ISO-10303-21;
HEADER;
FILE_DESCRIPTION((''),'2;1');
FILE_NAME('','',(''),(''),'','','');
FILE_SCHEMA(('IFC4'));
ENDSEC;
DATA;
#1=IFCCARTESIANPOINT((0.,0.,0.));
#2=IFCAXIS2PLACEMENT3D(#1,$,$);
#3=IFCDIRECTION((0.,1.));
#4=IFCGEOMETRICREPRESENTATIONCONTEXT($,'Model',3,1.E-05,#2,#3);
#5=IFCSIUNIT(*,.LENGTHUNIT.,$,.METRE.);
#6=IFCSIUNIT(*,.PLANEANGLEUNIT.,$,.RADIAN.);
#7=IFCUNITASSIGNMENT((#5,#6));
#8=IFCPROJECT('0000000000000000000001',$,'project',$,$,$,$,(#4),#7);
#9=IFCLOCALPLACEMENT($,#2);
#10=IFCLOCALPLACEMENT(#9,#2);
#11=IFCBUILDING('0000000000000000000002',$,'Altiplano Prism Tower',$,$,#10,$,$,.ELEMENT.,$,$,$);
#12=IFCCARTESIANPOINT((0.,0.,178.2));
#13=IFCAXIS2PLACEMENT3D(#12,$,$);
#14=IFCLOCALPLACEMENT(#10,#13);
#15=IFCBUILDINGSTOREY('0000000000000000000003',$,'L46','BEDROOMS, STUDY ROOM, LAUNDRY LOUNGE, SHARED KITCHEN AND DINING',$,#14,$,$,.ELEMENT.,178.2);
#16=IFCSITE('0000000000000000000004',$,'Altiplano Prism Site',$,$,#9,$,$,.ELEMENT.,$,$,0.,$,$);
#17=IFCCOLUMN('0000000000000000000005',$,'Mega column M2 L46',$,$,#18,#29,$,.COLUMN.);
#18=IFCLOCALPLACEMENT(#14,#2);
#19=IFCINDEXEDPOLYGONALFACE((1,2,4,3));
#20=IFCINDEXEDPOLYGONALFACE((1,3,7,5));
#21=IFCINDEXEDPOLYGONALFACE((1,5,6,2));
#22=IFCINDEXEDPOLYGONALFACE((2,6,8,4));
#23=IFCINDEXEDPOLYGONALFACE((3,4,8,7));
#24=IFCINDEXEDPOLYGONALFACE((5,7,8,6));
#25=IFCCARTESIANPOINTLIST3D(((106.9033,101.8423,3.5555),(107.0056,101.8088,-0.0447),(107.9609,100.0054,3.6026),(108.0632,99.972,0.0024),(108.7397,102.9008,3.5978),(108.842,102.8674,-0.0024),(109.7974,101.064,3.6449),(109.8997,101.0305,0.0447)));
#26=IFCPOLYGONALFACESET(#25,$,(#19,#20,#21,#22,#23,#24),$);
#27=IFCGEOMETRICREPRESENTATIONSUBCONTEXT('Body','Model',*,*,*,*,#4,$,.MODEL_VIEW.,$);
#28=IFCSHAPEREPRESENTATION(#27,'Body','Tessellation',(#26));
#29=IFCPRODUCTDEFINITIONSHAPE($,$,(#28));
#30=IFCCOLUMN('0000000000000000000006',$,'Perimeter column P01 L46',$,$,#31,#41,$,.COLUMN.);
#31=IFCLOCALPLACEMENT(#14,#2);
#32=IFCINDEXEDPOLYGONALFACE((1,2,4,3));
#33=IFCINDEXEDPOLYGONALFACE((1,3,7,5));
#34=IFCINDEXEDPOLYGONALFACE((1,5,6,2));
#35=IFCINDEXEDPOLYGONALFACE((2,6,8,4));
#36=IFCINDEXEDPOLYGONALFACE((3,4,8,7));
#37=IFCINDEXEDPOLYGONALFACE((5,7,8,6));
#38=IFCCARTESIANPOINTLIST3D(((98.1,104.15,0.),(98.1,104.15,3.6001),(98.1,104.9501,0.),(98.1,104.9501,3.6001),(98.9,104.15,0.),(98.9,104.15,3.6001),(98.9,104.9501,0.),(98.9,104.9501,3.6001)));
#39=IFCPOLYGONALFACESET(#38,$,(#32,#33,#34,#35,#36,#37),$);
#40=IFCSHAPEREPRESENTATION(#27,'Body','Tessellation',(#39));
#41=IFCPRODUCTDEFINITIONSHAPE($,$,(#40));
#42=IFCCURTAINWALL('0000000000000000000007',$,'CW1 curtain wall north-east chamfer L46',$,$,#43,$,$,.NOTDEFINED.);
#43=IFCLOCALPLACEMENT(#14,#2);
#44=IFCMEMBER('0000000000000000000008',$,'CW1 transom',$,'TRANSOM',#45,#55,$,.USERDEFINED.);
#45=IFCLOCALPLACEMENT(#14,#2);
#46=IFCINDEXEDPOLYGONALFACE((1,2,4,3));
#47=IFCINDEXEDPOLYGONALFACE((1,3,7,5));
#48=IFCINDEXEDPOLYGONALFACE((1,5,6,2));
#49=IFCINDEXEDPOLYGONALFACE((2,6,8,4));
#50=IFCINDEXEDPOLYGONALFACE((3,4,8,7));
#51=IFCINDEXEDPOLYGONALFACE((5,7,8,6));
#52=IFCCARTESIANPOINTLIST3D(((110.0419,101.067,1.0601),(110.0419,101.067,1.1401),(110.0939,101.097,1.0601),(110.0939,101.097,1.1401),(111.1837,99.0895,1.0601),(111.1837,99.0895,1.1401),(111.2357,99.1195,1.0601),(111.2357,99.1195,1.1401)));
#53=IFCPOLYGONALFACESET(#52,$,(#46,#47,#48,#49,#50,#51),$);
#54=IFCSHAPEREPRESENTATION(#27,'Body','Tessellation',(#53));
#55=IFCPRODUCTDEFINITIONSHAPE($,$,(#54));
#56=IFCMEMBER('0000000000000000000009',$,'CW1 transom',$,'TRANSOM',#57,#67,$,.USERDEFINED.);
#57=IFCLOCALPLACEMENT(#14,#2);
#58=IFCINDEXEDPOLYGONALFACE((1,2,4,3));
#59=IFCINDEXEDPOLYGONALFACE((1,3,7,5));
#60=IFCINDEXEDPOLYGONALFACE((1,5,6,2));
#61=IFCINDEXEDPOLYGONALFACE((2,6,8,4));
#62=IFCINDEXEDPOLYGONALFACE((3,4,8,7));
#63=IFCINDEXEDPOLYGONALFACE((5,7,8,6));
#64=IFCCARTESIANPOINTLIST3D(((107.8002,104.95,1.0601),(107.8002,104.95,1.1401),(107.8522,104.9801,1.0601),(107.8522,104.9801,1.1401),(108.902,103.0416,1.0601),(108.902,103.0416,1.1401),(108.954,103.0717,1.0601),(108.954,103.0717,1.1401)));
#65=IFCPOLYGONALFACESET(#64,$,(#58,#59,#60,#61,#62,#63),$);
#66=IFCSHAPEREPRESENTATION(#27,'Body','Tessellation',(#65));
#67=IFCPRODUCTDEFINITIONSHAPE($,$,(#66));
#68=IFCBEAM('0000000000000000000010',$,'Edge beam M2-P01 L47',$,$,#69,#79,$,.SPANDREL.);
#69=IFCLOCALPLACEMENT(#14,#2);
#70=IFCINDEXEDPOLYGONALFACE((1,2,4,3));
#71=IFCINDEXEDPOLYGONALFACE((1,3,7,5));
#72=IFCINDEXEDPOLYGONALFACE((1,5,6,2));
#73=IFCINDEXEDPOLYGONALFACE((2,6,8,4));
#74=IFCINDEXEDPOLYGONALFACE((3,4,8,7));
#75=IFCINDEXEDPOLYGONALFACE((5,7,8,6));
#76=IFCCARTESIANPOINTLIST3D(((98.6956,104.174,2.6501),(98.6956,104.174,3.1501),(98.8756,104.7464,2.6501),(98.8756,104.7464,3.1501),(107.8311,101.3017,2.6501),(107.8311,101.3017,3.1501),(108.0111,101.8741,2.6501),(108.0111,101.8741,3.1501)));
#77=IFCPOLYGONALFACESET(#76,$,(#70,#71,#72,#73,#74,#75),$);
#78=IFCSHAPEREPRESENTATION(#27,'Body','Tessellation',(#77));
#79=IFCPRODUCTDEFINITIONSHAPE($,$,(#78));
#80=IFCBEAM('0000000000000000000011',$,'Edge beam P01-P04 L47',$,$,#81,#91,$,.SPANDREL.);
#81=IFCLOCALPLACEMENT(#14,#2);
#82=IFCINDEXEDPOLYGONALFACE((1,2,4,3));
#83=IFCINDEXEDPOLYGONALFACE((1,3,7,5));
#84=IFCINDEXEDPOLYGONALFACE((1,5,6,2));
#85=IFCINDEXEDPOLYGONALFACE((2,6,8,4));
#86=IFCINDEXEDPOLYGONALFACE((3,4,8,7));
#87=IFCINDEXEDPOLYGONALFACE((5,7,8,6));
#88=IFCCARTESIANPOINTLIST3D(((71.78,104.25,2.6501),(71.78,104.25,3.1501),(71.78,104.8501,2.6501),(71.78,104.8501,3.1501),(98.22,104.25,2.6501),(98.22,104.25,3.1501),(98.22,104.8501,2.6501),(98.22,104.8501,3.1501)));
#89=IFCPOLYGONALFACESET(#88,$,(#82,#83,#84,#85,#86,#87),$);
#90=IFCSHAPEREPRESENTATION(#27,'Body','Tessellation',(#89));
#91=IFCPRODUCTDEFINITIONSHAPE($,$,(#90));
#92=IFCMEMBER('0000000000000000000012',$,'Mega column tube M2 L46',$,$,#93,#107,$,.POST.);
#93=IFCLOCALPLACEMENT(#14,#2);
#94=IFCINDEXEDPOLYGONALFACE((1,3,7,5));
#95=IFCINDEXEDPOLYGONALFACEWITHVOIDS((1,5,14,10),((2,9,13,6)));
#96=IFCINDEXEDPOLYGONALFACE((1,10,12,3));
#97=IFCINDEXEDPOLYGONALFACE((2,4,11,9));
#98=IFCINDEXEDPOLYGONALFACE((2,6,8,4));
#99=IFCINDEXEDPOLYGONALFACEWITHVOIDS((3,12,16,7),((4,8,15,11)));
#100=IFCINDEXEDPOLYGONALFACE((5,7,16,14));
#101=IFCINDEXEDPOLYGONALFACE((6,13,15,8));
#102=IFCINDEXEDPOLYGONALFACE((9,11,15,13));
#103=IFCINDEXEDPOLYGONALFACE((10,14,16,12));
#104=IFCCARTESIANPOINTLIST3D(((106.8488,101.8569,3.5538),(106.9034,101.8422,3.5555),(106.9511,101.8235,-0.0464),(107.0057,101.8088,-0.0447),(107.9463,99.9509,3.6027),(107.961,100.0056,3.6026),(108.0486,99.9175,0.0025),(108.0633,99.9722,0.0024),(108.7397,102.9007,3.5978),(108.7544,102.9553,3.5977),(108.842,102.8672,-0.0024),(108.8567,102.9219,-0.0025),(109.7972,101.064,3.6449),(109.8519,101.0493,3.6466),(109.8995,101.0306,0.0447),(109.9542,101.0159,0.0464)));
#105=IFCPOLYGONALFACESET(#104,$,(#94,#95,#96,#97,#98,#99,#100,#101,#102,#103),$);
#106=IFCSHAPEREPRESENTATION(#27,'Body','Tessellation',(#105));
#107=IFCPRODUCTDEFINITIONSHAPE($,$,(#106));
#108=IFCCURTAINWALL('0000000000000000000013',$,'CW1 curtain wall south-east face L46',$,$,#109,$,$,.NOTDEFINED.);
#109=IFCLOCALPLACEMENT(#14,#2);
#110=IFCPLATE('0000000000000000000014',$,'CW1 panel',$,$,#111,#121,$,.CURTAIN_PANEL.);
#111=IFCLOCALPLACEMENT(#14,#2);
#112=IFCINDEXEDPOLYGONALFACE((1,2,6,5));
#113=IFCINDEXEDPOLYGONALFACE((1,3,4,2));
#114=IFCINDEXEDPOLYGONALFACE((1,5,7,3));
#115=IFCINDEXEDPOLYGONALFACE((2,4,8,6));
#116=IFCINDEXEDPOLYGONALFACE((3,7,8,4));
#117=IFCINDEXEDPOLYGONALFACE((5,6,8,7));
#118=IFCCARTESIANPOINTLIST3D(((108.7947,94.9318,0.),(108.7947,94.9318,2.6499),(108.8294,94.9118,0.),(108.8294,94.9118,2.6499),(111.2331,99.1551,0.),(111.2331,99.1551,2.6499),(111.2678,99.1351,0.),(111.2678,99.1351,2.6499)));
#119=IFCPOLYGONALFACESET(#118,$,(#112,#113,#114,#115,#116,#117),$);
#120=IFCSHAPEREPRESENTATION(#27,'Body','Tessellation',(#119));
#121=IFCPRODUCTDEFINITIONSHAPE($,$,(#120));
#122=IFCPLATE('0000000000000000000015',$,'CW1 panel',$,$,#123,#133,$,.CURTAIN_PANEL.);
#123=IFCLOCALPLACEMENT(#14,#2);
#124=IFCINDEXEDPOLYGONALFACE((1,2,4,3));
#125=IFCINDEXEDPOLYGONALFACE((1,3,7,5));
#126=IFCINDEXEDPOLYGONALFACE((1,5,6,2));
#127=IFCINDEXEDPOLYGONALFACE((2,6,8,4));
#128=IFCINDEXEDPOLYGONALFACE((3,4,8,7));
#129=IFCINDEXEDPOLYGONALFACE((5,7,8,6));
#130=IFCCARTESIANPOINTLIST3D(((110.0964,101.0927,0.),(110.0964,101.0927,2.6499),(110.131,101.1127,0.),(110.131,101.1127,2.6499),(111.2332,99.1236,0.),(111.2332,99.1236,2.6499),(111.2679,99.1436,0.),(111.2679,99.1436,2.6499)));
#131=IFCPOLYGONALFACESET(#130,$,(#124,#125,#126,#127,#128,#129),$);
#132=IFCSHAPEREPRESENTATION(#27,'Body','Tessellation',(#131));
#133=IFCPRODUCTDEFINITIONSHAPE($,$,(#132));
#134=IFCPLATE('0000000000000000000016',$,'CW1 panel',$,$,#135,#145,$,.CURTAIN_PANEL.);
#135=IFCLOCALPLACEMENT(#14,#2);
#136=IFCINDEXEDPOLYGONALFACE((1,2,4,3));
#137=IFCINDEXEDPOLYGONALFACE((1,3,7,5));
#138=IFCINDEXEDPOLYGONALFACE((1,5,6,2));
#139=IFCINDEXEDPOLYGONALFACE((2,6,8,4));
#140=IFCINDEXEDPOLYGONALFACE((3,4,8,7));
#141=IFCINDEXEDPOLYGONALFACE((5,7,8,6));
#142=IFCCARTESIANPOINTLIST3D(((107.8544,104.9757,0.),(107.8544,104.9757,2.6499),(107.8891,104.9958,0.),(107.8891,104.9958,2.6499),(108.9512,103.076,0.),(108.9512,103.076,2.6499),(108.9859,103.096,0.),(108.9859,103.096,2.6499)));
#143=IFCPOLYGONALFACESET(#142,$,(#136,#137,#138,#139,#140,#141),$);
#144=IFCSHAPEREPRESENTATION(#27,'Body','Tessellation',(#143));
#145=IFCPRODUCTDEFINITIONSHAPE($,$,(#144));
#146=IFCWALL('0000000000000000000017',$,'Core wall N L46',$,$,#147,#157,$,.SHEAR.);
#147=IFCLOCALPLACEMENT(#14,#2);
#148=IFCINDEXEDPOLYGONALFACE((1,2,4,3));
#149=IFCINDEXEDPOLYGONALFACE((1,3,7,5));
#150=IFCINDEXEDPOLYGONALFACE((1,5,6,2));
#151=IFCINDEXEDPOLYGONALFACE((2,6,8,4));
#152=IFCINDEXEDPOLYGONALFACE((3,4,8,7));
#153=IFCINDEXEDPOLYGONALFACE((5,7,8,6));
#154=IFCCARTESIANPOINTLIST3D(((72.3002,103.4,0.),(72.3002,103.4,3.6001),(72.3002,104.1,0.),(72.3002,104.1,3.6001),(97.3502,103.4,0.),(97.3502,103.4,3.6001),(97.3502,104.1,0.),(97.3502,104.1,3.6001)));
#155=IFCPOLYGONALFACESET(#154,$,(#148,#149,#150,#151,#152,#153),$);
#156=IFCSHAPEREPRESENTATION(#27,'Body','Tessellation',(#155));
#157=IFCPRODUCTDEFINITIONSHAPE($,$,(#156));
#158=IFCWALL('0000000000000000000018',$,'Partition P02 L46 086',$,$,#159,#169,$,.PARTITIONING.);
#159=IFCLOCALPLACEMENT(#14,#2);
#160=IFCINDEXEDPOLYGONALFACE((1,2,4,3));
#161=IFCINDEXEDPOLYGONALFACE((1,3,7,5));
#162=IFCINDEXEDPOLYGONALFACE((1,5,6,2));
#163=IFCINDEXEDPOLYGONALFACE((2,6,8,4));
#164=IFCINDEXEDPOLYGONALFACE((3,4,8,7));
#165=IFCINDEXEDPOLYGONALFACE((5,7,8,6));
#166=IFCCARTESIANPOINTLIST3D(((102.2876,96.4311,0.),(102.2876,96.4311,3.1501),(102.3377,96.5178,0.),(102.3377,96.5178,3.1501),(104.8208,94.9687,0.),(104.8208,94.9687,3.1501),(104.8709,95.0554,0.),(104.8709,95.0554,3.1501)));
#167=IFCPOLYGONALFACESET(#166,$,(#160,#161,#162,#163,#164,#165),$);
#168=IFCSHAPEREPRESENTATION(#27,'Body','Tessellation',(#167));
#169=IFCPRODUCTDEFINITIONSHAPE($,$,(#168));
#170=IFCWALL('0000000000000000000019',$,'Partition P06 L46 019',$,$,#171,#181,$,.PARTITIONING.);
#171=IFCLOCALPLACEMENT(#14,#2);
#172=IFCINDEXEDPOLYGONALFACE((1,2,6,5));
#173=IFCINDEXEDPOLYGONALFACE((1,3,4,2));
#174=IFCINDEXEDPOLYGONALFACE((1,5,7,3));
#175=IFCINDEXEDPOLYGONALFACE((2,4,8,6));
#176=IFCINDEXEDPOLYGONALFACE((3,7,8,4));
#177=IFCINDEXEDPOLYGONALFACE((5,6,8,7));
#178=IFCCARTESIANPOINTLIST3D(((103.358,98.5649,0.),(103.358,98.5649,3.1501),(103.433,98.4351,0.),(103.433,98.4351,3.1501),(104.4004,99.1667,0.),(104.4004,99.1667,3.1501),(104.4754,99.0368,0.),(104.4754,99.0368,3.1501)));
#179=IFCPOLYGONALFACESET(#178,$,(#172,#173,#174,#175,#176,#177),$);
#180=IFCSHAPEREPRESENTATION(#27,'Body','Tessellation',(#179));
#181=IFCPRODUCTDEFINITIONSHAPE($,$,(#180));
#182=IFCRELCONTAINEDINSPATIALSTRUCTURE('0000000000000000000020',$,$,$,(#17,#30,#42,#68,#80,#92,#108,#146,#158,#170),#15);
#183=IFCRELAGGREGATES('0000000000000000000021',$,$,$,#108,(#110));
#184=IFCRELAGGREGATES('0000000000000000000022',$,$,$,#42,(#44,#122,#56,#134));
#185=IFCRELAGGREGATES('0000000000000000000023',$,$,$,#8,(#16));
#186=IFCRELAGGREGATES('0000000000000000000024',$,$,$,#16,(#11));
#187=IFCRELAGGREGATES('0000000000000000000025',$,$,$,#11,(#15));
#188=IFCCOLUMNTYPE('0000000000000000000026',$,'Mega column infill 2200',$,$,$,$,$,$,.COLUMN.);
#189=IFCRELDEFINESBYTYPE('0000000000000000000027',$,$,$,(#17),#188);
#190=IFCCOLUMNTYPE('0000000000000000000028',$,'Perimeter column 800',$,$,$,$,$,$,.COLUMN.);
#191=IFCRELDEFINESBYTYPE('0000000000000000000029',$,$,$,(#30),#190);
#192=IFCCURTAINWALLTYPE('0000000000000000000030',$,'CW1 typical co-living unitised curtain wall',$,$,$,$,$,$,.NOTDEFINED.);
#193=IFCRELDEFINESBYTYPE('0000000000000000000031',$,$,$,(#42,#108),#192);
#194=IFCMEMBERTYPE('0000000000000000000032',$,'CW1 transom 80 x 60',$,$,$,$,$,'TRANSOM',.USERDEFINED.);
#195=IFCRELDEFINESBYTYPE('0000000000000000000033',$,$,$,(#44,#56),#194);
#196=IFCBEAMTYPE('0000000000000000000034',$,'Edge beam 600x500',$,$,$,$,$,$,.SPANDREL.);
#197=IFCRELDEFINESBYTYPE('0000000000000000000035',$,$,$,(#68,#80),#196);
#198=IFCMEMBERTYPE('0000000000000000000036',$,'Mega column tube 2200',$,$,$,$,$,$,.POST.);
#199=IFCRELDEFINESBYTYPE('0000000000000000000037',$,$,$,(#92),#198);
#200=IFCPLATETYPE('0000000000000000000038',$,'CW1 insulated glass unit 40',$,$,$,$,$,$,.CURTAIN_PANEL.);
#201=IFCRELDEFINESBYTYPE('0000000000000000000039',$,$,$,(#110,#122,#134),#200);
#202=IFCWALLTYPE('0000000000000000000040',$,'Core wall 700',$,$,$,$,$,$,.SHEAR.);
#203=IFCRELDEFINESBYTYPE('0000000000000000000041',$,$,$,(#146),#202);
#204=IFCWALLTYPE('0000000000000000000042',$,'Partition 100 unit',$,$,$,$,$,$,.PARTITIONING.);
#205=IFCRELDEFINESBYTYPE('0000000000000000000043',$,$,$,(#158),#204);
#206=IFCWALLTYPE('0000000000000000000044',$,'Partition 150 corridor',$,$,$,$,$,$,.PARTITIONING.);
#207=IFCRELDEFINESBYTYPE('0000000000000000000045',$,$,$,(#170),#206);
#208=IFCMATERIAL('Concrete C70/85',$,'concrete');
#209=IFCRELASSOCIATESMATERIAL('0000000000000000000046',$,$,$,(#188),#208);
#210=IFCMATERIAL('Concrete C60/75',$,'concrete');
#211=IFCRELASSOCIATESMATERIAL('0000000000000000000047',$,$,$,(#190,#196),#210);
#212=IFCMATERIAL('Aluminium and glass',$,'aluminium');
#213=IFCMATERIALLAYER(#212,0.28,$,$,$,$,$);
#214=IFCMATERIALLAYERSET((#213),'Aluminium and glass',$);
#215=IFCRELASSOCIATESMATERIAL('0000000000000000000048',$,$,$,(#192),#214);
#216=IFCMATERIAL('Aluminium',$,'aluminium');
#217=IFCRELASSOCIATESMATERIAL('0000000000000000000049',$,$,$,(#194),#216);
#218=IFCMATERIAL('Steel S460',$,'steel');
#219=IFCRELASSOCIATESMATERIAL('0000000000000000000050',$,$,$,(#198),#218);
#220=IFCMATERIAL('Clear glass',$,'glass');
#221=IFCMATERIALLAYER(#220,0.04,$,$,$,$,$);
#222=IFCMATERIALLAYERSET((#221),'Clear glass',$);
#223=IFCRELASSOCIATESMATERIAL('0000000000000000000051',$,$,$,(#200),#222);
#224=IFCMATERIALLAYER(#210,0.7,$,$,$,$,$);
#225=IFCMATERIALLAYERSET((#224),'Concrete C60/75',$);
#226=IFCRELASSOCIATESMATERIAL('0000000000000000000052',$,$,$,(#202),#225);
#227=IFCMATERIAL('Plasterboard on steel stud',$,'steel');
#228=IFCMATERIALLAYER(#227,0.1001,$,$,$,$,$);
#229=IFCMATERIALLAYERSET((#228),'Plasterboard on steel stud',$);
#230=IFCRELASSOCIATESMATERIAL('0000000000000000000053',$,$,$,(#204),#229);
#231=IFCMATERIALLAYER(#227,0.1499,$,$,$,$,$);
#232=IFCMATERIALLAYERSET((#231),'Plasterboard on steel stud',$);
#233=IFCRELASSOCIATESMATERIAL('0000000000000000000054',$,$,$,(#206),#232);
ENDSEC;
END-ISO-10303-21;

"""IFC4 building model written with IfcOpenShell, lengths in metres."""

from ifc_helpers import new_model, si_unit, direction, frame, frame_2d, origin, origin_2d, place, context, subcontext, project, spatial, rectangle, hollow_rectangle, extrude, material, layer, layer_set, material_profile, profile_set, type_object, element, aggregate, save


model = new_model("IFC4")

# Units and contexts
model_context = context("Model", 3, precision=1e-05, world=origin(), true_north=direction((0.0, 1.0)))
body_context = subcontext(model_context, "Body", "Model", "MODEL_VIEW")
ifc_project = project(units=[si_unit("LENGTHUNIT", "METRE"), si_unit("PLANEANGLEUNIT", "RADIAN")], contexts=[model_context])

# Site, building, storey
site_placement = place(None, origin())
site = spatial("IfcSite", under=ifc_project, at=site_placement, Name="Altiplano Prism Site", CompositionType="ELEMENT", RefElevation=0.0)
building_placement = place(site_placement, origin())
building = spatial("IfcBuilding", under=site, at=building_placement, Name="Altiplano Prism Tower", CompositionType="ELEMENT")
storey_placement = place(building_placement, frame((0.0, 0.0, 178.2)))
storey = spatial("IfcBuildingStorey", under=building, at=storey_placement, Name="L46", Description="BEDROOMS, STUDY ROOM, LAUNDRY LOUNGE, SHARED KITCHEN AND DINING", CompositionType="ELEMENT", Elevation=178.2)

# Columns
ifc_material_1 = material(Name="Concrete C70/85", Category="concrete")
ifc_material_profile_1 = material_profile(ifc_material_1, rectangle(XDim=2.1201, YDim=2.1201, at=origin_2d()), Name="Mega column infill 2200")
ifc_profile_set_1 = profile_set([ifc_material_profile_1], Name="Concrete C70/85")
column_type_1 = type_object("IfcColumnType", Name="Mega column infill 2200", PredefinedType="COLUMN", material=ifc_profile_set_1)
column_1_placement = place(storey_placement, frame((108.4526, 101.4197, 0.0), z_axis=(-0.028402, 0.009287, 0.999553), x_axis=(0.498874, -0.86639, 0.022225)))
element("IfcColumn", 1, at=column_1_placement, inside=storey, type_object=column_type_1, Name="Mega column M2 L46", PredefinedType="COLUMN", context=body_context, shape_type="SweptSolid", body=[
    extrude(rectangle(XDim=2.1201, YDim=2.1201, at=origin_2d()), origin(), (0.0, 0.0, 1.0), 3.6018),
])
ifc_material_2 = material(Name="Concrete C60/75", Category="concrete")
ifc_material_profile_2 = material_profile(ifc_material_2, rectangle(XDim=0.8, YDim=0.8, at=origin_2d()), Name="Perimeter column 800")
ifc_profile_set_2 = profile_set([ifc_material_profile_2], Name="Concrete C60/75")
column_type_2 = type_object("IfcColumnType", Name="Perimeter column 800", PredefinedType="COLUMN", material=ifc_profile_set_2)
column_2_placement = place(storey_placement, frame((98.5, 104.55, 0.0), z_axis=(0.0, 0.0, 1.0), x_axis=(1.0, 0.0, 0.0)))
element("IfcColumn", 2, at=column_2_placement, inside=storey, type_object=column_type_2, Name="Perimeter column P01 L46", PredefinedType="COLUMN", context=body_context, shape_type="SweptSolid", body=[
    extrude(rectangle(XDim=0.8, YDim=0.8, at=origin_2d()), origin(), (0.0, 0.0, 1.0), 3.6001),
])

# Curtain wall, members
ifc_material_3 = material(Name="Aluminium and glass", Category="aluminium")
ifc_layer_1 = layer(ifc_material_3, 0.28)
ifc_layer_set_1 = layer_set([ifc_layer_1], Name="Aluminium and glass")
curtain_wall_type = type_object("IfcCurtainWallType", Name="CW1 typical co-living unitised curtain wall", PredefinedType="NOTDEFINED", material=ifc_layer_set_1)
curtain_wall_1_placement = place(storey_placement, origin())
curtain_wall_1 = element("IfcCurtainWall", 3, at=curtain_wall_1_placement, inside=storey, type_object=curtain_wall_type, Name="CW1 curtain wall north-east chamfer L46", PredefinedType="NOTDEFINED")
ifc_material_4 = material(Name="Aluminium", Category="aluminium")
ifc_material_profile_3 = material_profile(ifc_material_4, rectangle(XDim=0.0601, YDim=0.0801, at=origin_2d()), Name="CW1 transom 80 x 60")
ifc_profile_set_3 = profile_set([ifc_material_profile_3], Name="Aluminium")
member_type_1 = type_object("IfcMemberType", Name="CW1 transom 80 x 60", ElementType="TRANSOM", PredefinedType="USERDEFINED", material=ifc_profile_set_3)
member_1_placement = place(storey_placement, frame((111.2097, 99.1045, 1.1001), z_axis=(-0.500037, 0.866004, 0.0), x_axis=(-0.866004, -0.500037, 0.0)))
member_1 = element("IfcMember", 4, at=member_1_placement, type_object=member_type_1, Name="CW1 transom", ObjectType="TRANSOM", PredefinedType="USERDEFINED", context=body_context, shape_type="SweptSolid", body=[
    extrude(rectangle(XDim=0.0601, YDim=0.0801, at=origin_2d()), origin(), (0.0, 0.0, 1.0), 2.2834),
])
member_2_placement = place(storey_placement, frame((108.928, 103.0566, 1.1001), z_axis=(-0.499988, 0.866032, 0.0), x_axis=(-0.866032, -0.499988, 0.0)))
member_2 = element("IfcMember", 5, at=member_2_placement, type_object=member_type_1, Name="CW1 transom", ObjectType="TRANSOM", PredefinedType="USERDEFINED", context=body_context, shape_type="SweptSolid", body=[
    extrude(rectangle(XDim=0.0601, YDim=0.0801, at=origin_2d()), origin(), (0.0, 0.0, 1.0), 2.2036),
])

# Beams
ifc_material_profile_4 = material_profile(ifc_material_2, rectangle(XDim=0.6001, YDim=0.5, at=origin_2d()), Name="Edge beam 600x500")
ifc_profile_set_4 = profile_set([ifc_material_profile_4], Name="Concrete C60/75")
beam_type = type_object("IfcBeamType", Name="Edge beam 600x500", PredefinedType="SPANDREL", material=ifc_profile_set_4)
beam_1_placement = place(storey_placement, frame((107.9211, 101.5879, 2.9001), z_axis=(-0.953959, 0.299937, 0.0), x_axis=(-0.299937, -0.953959, 0.0)))
element("IfcBeam", 6, at=beam_1_placement, inside=storey, type_object=beam_type, Name="Edge beam M2-P01 L47", PredefinedType="SPANDREL", context=body_context, shape_type="SweptSolid", body=[
    extrude(rectangle(XDim=0.6001, YDim=0.5, at=origin_2d()), origin(), (0.0, 0.0, 1.0), 9.5764),
])
beam_2_placement = place(storey_placement, frame((98.22, 104.55, 2.9001), z_axis=(-1.0, 0.0, 0.0), x_axis=(0.0, -1.0, 0.0)))
element("IfcBeam", 7, at=beam_2_placement, inside=storey, type_object=beam_type, Name="Edge beam P01-P04 L47", PredefinedType="SPANDREL", context=body_context, shape_type="SweptSolid", body=[
    extrude(rectangle(XDim=0.6001, YDim=0.5, at=origin_2d()), origin(), (0.0, 0.0, 1.0), 26.4399),
])

# Member
ifc_material_5 = material(Name="Steel S460", Category="steel")
ifc_material_profile_5 = material_profile(ifc_material_5, hollow_rectangle(XDim=2.2, YDim=2.2, WallThickness=0.04, at=origin_2d()), Name="Mega column tube 2200")
ifc_profile_set_5 = profile_set([ifc_material_profile_5], Name="Steel S460")
member_type_2 = type_object("IfcMemberType", Name="Mega column tube 2200", PredefinedType="POST", material=ifc_profile_set_5)
member_3_placement = place(storey_placement, frame((108.4526, 101.4197, 0.0), z_axis=(-0.028402, 0.009287, 0.999553), x_axis=(0.498874, -0.86639, 0.022225)))
element("IfcMember", 8, at=member_3_placement, inside=storey, type_object=member_type_2, Name="Mega column tube M2 L46", PredefinedType="POST", context=body_context, shape_type="SweptSolid", body=[
    extrude(hollow_rectangle(XDim=2.2, YDim=2.2, WallThickness=0.04, at=origin_2d()), origin(), (0.0, 0.0, 1.0), 3.6018),
])

# Curtain wall, plate
curtain_wall_2_placement = place(storey_placement, origin())
curtain_wall_2 = element("IfcCurtainWall", 9, at=curtain_wall_2_placement, inside=storey, type_object=curtain_wall_type, Name="CW1 curtain wall south-east face L46", PredefinedType="NOTDEFINED")
ifc_material_6 = material(Name="Clear glass", Category="glass")
ifc_layer_2 = layer(ifc_material_6, 0.04)
ifc_layer_set_2 = layer_set([ifc_layer_2], Name="Clear glass")
plate_type = type_object("IfcPlateType", Name="CW1 insulated glass unit 40", PredefinedType="CURTAIN_PANEL", material=ifc_layer_set_2)
plate_1_placement = place(storey_placement, frame((110.0312, 97.0334, 0.0), z_axis=(0.0, 0.0, 1.0), x_axis=(0.5, 0.866025, 0.0)))
plate_1 = element("IfcPlate", 10, at=plate_1_placement, type_object=plate_type, Name="CW1 panel", PredefinedType="CURTAIN_PANEL", context=body_context, shape_type="SweptSolid", body=[
    extrude(rectangle(XDim=4.8767, YDim=0.04, at=origin_2d()), origin(), (0.0, 0.0, 1.0), 2.6499),
])
aggregate(curtain_wall_2, [plate_1])

# Plates
plate_2_placement = place(storey_placement, frame((110.6821, 100.1182, 0.0), z_axis=(0.0, 0.0, 1.0), x_axis=(-0.5, 0.866025, 0.0)))
plate_2 = element("IfcPlate", 11, at=plate_2_placement, type_object=plate_type, Name="CW1 panel", PredefinedType="CURTAIN_PANEL", context=body_context, shape_type="SweptSolid", body=[
    extrude(rectangle(XDim=2.2737, YDim=0.04, at=origin_2d()), origin(), (0.0, 0.0, 1.0), 2.6499),
])
plate_3_placement = place(storey_placement, frame((108.4202, 104.0359, 0.0), z_axis=(0.0, 0.0, 1.0), x_axis=(-0.5, 0.866025, 0.0)))
plate_3 = element("IfcPlate", 12, at=plate_3_placement, type_object=plate_type, Name="CW1 panel", PredefinedType="CURTAIN_PANEL", context=body_context, shape_type="SweptSolid", body=[
    extrude(rectangle(XDim=2.1936, YDim=0.04, at=origin_2d()), origin(), (0.0, 0.0, 1.0), 2.6499),
])
aggregate(curtain_wall_1, [member_1, plate_2, member_2, plate_3])

# Walls
ifc_layer_3 = layer(ifc_material_2, 0.7)
ifc_layer_set_3 = layer_set([ifc_layer_3], Name="Concrete C60/75")
wall_type_1 = type_object("IfcWallType", Name="Core wall 700", PredefinedType="SHEAR", material=ifc_layer_set_3)
wall_1_placement = place(storey_placement, frame((97.3501, 103.75, 0.0), z_axis=(0.0, 0.0, 1.0), x_axis=(-1.0, 0.0, 0.0)))
element("IfcWall", 13, at=wall_1_placement, inside=storey, type_object=wall_type_1, Name="Core wall N L46", PredefinedType="SHEAR", context=body_context, shape_type="SweptSolid", body=[
    extrude(rectangle(XDim=25.05, YDim=0.7, at=frame_2d((12.5249, 0.0))), origin(), (0.0, 0.0, 1.0), 3.6001),
])
ifc_material_7 = material(Name="Plasterboard on steel stud", Category="steel")
ifc_layer_4 = layer(ifc_material_7, 0.1001)
ifc_layer_set_4 = layer_set([ifc_layer_4], Name="Plasterboard on steel stud")
wall_type_2 = type_object("IfcWallType", Name="Partition 100 unit", PredefinedType="PARTITIONING", material=ifc_layer_set_4)
wall_2_placement = place(storey_placement, frame((102.3127, 96.4744, 0.0), z_axis=(0.0, 0.0, 1.0), x_axis=(0.866047, -0.499963, 0.0)))
element("IfcWall", 14, at=wall_2_placement, inside=storey, type_object=wall_type_2, Name="Partition P02 L46 086", PredefinedType="PARTITIONING", context=body_context, shape_type="SweptSolid", body=[
    extrude(rectangle(XDim=2.925, YDim=0.1001, at=frame_2d((1.4624, 0.0))), origin(), (0.0, 0.0, 1.0), 3.1501),
])
ifc_layer_5 = layer(ifc_material_7, 0.1499)
ifc_layer_set_5 = layer_set([ifc_layer_5], Name="Plasterboard on steel stud")
wall_type_3 = type_object("IfcWallType", Name="Partition 150 corridor", PredefinedType="PARTITIONING", material=ifc_layer_set_5)
wall_3_placement = place(storey_placement, frame((103.3955, 98.5, 0.0), z_axis=(0.0, 0.0, 1.0), x_axis=(0.86605, 0.499957, 0.0)))
element("IfcWall", 15, at=wall_3_placement, inside=storey, type_object=wall_type_3, Name="Partition P06 L46 019", PredefinedType="PARTITIONING", context=body_context, shape_type="SweptSolid", body=[
    extrude(rectangle(XDim=1.2036, YDim=0.1499, at=frame_2d((0.6018, 0.0))), origin(), (0.0, 0.0, 1.0), 3.1501),
])

save(model, "model.ifc")
